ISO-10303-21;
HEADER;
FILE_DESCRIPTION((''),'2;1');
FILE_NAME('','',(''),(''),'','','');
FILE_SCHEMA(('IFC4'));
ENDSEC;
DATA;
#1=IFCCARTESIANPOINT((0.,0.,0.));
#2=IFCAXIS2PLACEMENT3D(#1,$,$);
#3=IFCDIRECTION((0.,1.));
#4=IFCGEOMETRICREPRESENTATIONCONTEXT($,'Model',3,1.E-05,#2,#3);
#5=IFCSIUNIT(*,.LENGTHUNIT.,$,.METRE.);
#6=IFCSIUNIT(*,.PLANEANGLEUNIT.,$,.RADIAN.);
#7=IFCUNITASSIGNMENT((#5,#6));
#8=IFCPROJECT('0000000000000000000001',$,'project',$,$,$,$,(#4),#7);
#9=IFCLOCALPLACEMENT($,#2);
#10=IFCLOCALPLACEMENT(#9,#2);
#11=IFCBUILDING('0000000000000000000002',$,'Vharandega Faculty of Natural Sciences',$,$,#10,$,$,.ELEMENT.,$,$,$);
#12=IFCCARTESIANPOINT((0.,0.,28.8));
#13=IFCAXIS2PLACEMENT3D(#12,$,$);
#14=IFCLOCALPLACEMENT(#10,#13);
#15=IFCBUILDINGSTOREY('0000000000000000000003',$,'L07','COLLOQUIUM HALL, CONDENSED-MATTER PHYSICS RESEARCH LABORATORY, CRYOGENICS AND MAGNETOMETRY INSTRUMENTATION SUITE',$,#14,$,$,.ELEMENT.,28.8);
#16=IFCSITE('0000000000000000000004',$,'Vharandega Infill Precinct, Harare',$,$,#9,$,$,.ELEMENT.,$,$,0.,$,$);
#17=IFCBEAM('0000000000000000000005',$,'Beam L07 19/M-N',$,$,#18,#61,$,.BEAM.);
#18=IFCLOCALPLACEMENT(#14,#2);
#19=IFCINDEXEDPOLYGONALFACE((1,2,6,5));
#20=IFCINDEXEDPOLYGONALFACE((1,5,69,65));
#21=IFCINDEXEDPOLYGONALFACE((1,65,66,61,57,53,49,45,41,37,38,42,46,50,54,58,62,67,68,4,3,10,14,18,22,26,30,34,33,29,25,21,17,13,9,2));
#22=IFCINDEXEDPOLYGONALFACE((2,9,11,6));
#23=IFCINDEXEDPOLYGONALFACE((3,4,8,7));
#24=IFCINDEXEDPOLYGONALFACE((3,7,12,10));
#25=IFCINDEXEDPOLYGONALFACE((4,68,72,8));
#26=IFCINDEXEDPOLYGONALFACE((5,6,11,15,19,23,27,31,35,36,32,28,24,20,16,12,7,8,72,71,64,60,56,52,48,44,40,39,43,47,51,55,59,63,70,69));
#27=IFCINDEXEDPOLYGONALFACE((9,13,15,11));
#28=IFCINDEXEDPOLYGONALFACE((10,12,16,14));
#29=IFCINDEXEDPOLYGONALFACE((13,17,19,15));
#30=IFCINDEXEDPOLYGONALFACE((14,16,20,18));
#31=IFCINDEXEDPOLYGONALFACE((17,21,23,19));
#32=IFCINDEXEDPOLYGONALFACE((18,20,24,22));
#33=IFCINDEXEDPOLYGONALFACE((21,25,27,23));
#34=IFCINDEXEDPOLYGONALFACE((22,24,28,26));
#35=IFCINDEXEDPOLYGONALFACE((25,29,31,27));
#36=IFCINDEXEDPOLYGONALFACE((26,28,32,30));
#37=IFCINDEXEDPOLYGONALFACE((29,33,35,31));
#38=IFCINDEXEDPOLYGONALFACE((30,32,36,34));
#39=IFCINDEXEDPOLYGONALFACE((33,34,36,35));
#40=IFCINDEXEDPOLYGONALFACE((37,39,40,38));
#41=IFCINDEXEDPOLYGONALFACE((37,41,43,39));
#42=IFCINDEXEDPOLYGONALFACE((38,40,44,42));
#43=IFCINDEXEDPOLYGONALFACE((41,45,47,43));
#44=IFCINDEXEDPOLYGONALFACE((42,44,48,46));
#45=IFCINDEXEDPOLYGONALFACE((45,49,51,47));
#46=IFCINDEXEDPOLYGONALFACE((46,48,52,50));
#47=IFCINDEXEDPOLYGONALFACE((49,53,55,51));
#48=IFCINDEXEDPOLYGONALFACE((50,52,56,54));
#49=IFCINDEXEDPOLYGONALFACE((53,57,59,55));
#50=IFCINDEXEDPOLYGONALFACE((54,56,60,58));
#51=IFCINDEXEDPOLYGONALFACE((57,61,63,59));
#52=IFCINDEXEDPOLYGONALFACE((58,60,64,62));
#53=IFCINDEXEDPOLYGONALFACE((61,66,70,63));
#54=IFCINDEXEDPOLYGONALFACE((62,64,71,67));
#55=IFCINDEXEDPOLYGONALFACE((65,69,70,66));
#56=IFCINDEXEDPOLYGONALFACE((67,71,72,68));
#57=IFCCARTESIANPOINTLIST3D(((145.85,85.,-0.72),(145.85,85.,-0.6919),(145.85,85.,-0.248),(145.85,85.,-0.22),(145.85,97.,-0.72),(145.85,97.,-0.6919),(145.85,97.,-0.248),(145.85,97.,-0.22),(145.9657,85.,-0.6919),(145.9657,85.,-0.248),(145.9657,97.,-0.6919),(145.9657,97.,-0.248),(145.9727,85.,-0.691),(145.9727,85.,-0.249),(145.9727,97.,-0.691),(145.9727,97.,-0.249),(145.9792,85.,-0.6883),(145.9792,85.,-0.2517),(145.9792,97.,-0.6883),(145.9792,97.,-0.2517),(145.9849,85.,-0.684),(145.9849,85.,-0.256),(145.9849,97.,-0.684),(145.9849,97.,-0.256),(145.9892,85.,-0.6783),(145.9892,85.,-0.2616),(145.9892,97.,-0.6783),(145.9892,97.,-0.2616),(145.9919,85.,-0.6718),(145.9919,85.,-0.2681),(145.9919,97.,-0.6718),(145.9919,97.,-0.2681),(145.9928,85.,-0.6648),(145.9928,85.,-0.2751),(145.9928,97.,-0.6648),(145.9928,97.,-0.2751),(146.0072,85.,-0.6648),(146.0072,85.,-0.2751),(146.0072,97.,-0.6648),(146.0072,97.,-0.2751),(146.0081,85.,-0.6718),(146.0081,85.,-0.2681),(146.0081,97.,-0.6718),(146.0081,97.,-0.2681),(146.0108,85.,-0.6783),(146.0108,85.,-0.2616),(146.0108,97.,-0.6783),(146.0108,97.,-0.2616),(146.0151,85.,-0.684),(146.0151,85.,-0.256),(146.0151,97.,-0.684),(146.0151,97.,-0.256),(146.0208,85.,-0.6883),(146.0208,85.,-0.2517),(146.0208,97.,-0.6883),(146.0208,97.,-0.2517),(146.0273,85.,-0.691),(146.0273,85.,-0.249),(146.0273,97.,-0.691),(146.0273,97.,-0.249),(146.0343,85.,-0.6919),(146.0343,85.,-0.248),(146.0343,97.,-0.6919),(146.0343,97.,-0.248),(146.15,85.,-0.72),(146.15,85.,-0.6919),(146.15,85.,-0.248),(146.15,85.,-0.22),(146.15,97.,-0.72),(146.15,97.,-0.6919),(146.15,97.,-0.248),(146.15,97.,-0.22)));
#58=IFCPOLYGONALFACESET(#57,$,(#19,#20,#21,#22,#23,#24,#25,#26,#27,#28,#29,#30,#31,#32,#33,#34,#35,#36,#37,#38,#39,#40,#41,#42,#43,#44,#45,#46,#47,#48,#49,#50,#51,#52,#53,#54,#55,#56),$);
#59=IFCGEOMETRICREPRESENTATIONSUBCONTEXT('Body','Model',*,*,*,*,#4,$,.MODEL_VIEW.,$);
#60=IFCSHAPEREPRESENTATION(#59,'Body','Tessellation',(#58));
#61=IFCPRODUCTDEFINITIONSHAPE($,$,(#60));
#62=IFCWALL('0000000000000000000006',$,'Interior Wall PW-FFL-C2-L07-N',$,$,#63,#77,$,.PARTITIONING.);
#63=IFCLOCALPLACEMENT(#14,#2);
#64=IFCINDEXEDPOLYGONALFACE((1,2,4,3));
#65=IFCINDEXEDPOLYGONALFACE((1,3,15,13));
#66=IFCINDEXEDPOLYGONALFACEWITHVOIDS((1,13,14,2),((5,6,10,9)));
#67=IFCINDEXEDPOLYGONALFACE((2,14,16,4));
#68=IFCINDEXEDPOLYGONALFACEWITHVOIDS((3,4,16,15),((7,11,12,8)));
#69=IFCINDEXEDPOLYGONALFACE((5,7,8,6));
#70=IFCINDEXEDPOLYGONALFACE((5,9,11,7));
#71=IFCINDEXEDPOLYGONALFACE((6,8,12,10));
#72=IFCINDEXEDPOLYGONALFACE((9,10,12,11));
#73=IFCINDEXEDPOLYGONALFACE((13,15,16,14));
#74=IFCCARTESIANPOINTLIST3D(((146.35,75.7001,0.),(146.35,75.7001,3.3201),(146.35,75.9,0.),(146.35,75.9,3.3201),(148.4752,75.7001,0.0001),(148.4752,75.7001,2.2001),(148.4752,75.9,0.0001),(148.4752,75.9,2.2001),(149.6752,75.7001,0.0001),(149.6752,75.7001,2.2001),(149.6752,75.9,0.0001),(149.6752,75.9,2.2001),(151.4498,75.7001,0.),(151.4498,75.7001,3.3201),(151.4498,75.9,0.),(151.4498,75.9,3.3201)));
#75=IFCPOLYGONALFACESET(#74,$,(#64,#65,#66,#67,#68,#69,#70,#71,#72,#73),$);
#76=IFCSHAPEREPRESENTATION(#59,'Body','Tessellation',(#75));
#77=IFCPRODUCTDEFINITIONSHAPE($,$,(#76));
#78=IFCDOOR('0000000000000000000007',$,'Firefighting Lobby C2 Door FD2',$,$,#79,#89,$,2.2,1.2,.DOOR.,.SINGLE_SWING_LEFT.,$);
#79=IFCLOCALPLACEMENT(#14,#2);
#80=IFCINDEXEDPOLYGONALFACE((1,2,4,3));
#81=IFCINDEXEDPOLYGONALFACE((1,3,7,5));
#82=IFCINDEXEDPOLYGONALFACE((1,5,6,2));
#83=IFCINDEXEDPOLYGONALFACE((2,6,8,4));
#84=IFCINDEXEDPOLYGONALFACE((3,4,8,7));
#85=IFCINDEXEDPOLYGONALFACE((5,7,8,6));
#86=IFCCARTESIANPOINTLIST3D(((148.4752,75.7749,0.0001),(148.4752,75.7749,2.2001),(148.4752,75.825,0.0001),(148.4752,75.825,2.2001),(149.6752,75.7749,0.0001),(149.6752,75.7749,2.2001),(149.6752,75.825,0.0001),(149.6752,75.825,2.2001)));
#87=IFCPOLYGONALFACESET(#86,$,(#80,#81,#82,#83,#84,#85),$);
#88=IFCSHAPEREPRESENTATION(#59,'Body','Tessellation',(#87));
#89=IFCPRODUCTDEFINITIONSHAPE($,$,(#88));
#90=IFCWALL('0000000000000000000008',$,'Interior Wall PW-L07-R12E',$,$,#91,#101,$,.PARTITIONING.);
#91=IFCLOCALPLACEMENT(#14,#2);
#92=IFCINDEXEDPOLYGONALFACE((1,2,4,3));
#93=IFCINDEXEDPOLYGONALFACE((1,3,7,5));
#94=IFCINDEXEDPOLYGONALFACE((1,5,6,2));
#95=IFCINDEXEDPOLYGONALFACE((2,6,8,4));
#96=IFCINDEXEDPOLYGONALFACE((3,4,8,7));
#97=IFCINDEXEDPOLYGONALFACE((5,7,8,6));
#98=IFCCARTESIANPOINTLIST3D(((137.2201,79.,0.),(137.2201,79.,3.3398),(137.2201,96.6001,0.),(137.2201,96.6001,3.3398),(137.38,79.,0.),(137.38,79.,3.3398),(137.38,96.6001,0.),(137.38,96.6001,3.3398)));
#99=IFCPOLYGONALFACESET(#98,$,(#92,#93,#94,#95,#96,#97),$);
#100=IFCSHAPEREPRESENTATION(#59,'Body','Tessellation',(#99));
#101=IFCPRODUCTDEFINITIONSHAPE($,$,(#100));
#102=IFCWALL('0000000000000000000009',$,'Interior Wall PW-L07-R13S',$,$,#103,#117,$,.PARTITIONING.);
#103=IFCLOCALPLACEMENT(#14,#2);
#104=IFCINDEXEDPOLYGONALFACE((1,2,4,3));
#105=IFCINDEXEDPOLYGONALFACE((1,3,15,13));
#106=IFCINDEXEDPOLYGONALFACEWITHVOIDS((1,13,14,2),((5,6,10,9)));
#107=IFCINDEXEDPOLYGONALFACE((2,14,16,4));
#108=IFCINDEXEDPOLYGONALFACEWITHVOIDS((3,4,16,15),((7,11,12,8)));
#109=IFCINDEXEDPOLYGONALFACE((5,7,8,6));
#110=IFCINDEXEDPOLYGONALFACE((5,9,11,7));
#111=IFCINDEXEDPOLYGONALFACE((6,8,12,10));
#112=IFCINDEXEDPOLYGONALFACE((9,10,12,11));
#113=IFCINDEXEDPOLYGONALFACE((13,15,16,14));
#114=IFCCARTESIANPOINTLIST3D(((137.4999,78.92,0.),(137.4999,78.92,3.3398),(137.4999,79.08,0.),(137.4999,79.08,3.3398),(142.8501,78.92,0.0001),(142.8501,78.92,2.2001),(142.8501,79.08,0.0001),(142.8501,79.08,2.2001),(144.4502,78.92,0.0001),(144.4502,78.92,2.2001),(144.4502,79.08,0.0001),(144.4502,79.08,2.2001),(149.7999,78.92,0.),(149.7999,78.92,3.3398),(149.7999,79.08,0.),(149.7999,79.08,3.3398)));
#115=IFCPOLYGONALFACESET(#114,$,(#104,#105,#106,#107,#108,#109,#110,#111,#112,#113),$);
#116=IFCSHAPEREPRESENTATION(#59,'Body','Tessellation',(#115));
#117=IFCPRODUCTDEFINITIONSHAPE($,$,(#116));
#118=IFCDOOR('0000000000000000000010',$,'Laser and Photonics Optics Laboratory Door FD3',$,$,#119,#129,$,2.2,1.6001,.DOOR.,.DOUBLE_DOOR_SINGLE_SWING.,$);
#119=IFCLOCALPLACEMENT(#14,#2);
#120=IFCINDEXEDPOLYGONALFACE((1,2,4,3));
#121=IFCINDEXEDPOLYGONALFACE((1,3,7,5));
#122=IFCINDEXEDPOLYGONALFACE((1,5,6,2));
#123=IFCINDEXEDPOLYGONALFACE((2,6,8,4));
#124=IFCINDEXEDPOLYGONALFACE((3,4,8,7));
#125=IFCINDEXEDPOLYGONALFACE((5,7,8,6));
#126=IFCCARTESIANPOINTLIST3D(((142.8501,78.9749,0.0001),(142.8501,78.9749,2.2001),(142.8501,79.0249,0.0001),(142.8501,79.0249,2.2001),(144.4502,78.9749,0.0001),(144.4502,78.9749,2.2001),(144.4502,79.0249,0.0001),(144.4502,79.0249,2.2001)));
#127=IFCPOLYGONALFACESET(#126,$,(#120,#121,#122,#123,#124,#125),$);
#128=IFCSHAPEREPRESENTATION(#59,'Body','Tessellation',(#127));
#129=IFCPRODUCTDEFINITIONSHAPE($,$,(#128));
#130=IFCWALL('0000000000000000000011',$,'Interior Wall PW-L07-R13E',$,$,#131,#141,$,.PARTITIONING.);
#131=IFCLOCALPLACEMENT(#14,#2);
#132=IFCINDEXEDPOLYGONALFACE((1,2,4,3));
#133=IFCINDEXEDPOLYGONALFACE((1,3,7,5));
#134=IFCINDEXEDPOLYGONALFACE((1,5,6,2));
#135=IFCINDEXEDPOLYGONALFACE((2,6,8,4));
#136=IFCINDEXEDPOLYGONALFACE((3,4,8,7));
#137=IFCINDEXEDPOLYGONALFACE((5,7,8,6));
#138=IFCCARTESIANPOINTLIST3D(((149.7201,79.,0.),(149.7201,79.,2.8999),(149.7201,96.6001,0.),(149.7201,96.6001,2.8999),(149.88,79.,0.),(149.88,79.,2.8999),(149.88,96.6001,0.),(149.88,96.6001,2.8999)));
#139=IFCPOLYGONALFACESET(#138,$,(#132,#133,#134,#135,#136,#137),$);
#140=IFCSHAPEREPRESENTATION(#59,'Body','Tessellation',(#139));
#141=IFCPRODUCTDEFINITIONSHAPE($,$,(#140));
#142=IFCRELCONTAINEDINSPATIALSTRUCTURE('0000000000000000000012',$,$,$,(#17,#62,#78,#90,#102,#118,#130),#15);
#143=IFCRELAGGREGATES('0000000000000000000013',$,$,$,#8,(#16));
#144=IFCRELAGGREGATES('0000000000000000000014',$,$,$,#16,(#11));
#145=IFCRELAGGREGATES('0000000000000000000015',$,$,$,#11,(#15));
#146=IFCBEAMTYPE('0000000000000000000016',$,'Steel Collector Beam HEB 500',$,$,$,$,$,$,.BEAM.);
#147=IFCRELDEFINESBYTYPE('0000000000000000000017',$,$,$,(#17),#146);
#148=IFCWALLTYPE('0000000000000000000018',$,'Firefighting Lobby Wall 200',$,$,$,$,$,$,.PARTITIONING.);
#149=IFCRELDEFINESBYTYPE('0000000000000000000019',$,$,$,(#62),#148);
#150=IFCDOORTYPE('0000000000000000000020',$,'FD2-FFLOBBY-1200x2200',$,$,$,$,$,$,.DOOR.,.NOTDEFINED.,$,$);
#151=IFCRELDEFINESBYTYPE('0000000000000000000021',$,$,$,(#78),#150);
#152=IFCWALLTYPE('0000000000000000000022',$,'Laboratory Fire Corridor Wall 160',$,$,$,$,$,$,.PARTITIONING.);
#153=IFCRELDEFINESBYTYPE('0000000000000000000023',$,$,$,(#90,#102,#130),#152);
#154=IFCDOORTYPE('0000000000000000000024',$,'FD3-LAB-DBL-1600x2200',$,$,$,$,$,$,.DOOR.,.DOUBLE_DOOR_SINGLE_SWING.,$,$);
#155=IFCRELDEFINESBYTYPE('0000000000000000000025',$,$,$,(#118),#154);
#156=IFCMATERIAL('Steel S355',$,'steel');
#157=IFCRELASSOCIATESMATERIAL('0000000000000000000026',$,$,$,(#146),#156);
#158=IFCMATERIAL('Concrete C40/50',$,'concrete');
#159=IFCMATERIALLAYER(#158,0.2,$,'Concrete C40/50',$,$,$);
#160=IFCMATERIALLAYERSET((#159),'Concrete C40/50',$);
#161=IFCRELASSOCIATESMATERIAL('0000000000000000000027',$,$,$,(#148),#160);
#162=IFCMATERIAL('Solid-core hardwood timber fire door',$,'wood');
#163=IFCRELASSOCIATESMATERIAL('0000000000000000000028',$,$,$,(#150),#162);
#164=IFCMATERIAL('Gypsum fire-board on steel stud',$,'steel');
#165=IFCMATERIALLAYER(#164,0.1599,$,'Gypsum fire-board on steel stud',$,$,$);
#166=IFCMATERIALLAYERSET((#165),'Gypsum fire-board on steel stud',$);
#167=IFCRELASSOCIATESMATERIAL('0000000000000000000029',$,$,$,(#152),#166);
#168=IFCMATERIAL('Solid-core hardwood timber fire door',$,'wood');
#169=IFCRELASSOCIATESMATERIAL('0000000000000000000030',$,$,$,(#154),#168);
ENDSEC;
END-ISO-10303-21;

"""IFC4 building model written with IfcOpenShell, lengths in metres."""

from ifc_helpers import new_model, si_unit, direction, frame, frame_2d, origin, origin_2d, place, context, subcontext, project, spatial, rectangle, i_section, extrude, material, layer, layer_set, material_profile, profile_set, type_object, element, fill, save


model = new_model("IFC4")

# Units and contexts
model_context = context("Model", 3, precision=1e-05, world=origin(), true_north=direction((0.0, 1.0)))
body_context = subcontext(model_context, "Body", "Model", "MODEL_VIEW")
ifc_project = project(units=[si_unit("LENGTHUNIT", "METRE"), si_unit("PLANEANGLEUNIT", "RADIAN")], contexts=[model_context])

# Site, building, storey
site_placement = place(None, origin())
site = spatial("IfcSite", under=ifc_project, at=site_placement, Name="Vharandega Infill Precinct, Harare", CompositionType="ELEMENT", RefElevation=0.0)
building_placement = place(site_placement, origin())
building = spatial("IfcBuilding", under=site, at=building_placement, Name="Vharandega Faculty of Natural Sciences", CompositionType="ELEMENT")
storey_placement = place(building_placement, frame((0.0, 0.0, 28.8)))
storey = spatial("IfcBuildingStorey", under=building, at=storey_placement, Name="L07", Description="COLLOQUIUM HALL, CONDENSED-MATTER PHYSICS RESEARCH LABORATORY, CRYOGENICS AND MAGNETOMETRY INSTRUMENTATION SUITE", CompositionType="ELEMENT", Elevation=28.8)

# Beam
ifc_material_1 = material(Name="Steel S355", Category="steel")
ifc_material_profile_1 = material_profile(ifc_material_1, i_section(OverallWidth=0.3, OverallDepth=0.5, WebThickness=0.0144, FlangeThickness=0.0281, FilletRadius=0.0271, at=origin_2d()), Name="HEB 500")
ifc_profile_set_1 = profile_set([ifc_material_profile_1], Name="Steel S355")
beam_type_1 = type_object("IfcBeamType", Name="Steel Collector Beam HEB 500", PredefinedType="BEAM", material=ifc_profile_set_1)
for number, where, z_axis, x_axis, name in (
    (1, (146.0, 85.0, -0.47), (0.0, 1.0, 0.0), (-1.0, 0.0, 0.0), "Beam L07 19/M-N"),
):
    element("IfcBeam", number, at=place(storey_placement, frame(where, z_axis=z_axis, x_axis=x_axis)), inside=storey, type_object=beam_type_1, Name=name, PredefinedType="BEAM", context=body_context, shape_type="SweptSolid", body=[
        extrude(i_section(OverallWidth=0.3, OverallDepth=0.5, WebThickness=0.0144, FlangeThickness=0.0281, FilletRadius=0.0271, at=origin_2d()), origin(), (0.0, 0.0, 1.0), 12.0),
    ])

# Wall, opening, door
ifc_material_2 = material(Name="Concrete C40/50", Category="concrete")
ifc_layer_1 = layer(ifc_material_2, 0.2, Name="Concrete C40/50")
ifc_layer_set_1 = layer_set([ifc_layer_1], Name="Concrete C40/50")
wall_type_1 = type_object("IfcWallType", Name="Firefighting Lobby Wall 200", PredefinedType="PARTITIONING", material=ifc_layer_set_1)
wall_1_placement = place(storey_placement, frame((146.3501, 75.8, 0.0), z_axis=(0.0, 0.0, 1.0), x_axis=(1.0, 0.0, 0.0)))
wall_1 = element("IfcWall", 2, at=wall_1_placement, inside=storey, type_object=wall_type_1, Name="Interior Wall PW-FFL-C2-L07-N", PredefinedType="PARTITIONING", context=body_context, shape_type="SweptSolid", body=[
    extrude(rectangle(XDim=5.0999, YDim=0.2, at=frame_2d((2.5498, 0.0))), origin(), (0.0, 0.0, 1.0), 3.3201),
])
opening_1_placement = place(wall_1_placement, frame((2.125, 0.0, 0.0)))
opening_1 = element("IfcOpeningElement", 3, at=opening_1_placement, cuts=wall_1, PredefinedType="OPENING", context=body_context, shape_type="SweptSolid", body=[
    extrude(rectangle(XDim=1.2, YDim=2.2, at=frame_2d((0.6001, 1.1001))), frame((0.0, 0.1099, 0.0), z_axis=(0.0, -1.0, 0.0), x_axis=(1.0, 0.0, 0.0)), (0.0, 0.0, 1.0), 0.22),
])
ifc_material_3 = material(Name="Solid-core hardwood timber fire door", Category="wood")
door_type_1 = type_object("IfcDoorType", Name="FD2-FFLOBBY-1200x2200", OperationType="NOTDEFINED", PredefinedType="DOOR", material=ifc_material_3)
door_1_placement = place(opening_1_placement, origin())
door_1 = element("IfcDoor", 4, at=door_1_placement, inside=storey, type_object=door_type_1, Name="Firefighting Lobby C2 Door FD2", OperationType="SINGLE_SWING_LEFT", OverallHeight=2.2, OverallWidth=1.2, PredefinedType="DOOR", context=body_context, shape_type="SweptSolid", body=[
    extrude(rectangle(XDim=1.2, YDim=2.2, at=frame_2d((0.6001, 1.1001))), frame((0.0, 0.0249, 0.0), z_axis=(0.0, -1.0, 0.0), x_axis=(1.0, 0.0, 0.0)), (0.0, 0.0, 1.0), 0.05),
])
fill(opening_1, door_1)

# Wall
ifc_material_4 = material(Name="Gypsum fire-board on steel stud", Category="steel")
ifc_layer_2 = layer(ifc_material_4, 0.1599, Name="Gypsum fire-board on steel stud")
ifc_layer_set_2 = layer_set([ifc_layer_2], Name="Gypsum fire-board on steel stud")
wall_type_2 = type_object("IfcWallType", Name="Laboratory Fire Corridor Wall 160", PredefinedType="PARTITIONING", material=ifc_layer_set_2)
wall_2_placement = place(storey_placement, frame((137.3, 79.0, 0.0), z_axis=(0.0, 0.0, 1.0), x_axis=(0.0, 1.0, 0.0)))
element("IfcWall", 5, at=wall_2_placement, inside=storey, type_object=wall_type_2, Name="Interior Wall PW-L07-R12E", PredefinedType="PARTITIONING", context=body_context, shape_type="SweptSolid", body=[
    extrude(rectangle(XDim=17.6001, YDim=0.1599, at=frame_2d((8.8, 0.0))), origin(), (0.0, 0.0, 1.0), 3.3398),
])

# Wall, opening, door
wall_3_placement = place(storey_placement, frame((137.5, 79.0, 0.0), z_axis=(0.0, 0.0, 1.0), x_axis=(1.0, 0.0, 0.0)))
wall_3 = element("IfcWall", 6, at=wall_3_placement, inside=storey, type_object=wall_type_2, Name="Interior Wall PW-L07-R13S", PredefinedType="PARTITIONING", context=body_context, shape_type="SweptSolid", body=[
    extrude(rectangle(XDim=12.3, YDim=0.1599, at=frame_2d((6.1499, 0.0))), origin(), (0.0, 0.0, 1.0), 3.3398),
])
opening_2_placement = place(wall_3_placement, frame((5.3501, 0.0, 0.0)))
opening_2 = element("IfcOpeningElement", 7, at=opening_2_placement, cuts=wall_3, PredefinedType="OPENING", context=body_context, shape_type="SweptSolid", body=[
    extrude(rectangle(XDim=1.6001, YDim=2.2, at=frame_2d((0.8, 1.1001))), frame((0.0, 0.0898, 0.0), z_axis=(0.0, -1.0, 0.0), x_axis=(1.0, 0.0, 0.0)), (0.0, 0.0, 1.0), 0.1799),
])
ifc_material_5 = material(Name="Solid-core hardwood timber fire door", Category="wood")
door_type_2 = type_object("IfcDoorType", Name="FD3-LAB-DBL-1600x2200", OperationType="DOUBLE_DOOR_SINGLE_SWING", PredefinedType="DOOR", material=ifc_material_5)
door_2_placement = place(opening_2_placement, origin())
door_2 = element("IfcDoor", 8, at=door_2_placement, inside=storey, type_object=door_type_2, Name="Laser and Photonics Optics Laboratory Door FD3", OperationType="DOUBLE_DOOR_SINGLE_SWING", OverallHeight=2.2, OverallWidth=1.6001, PredefinedType="DOOR", context=body_context, shape_type="SweptSolid", body=[
    extrude(rectangle(XDim=1.6001, YDim=2.2, at=frame_2d((0.8, 1.1001))), frame((0.0, 0.0249, 0.0), z_axis=(0.0, -1.0, 0.0), x_axis=(1.0, 0.0, 0.0)), (0.0, 0.0, 1.0), 0.05),
])
fill(opening_2, door_2)

# Wall
wall_4_placement = place(storey_placement, frame((149.8, 79.0, 0.0), z_axis=(0.0, 0.0, 1.0), x_axis=(0.0, 1.0, 0.0)))
element("IfcWall", 9, at=wall_4_placement, inside=storey, type_object=wall_type_2, Name="Interior Wall PW-L07-R13E", PredefinedType="PARTITIONING", context=body_context, shape_type="SweptSolid", body=[
    extrude(rectangle(XDim=17.6001, YDim=0.1599, at=frame_2d((8.8, 0.0))), origin(), (0.0, 0.0, 1.0), 2.8999),
])

save(model, "model.ifc")
